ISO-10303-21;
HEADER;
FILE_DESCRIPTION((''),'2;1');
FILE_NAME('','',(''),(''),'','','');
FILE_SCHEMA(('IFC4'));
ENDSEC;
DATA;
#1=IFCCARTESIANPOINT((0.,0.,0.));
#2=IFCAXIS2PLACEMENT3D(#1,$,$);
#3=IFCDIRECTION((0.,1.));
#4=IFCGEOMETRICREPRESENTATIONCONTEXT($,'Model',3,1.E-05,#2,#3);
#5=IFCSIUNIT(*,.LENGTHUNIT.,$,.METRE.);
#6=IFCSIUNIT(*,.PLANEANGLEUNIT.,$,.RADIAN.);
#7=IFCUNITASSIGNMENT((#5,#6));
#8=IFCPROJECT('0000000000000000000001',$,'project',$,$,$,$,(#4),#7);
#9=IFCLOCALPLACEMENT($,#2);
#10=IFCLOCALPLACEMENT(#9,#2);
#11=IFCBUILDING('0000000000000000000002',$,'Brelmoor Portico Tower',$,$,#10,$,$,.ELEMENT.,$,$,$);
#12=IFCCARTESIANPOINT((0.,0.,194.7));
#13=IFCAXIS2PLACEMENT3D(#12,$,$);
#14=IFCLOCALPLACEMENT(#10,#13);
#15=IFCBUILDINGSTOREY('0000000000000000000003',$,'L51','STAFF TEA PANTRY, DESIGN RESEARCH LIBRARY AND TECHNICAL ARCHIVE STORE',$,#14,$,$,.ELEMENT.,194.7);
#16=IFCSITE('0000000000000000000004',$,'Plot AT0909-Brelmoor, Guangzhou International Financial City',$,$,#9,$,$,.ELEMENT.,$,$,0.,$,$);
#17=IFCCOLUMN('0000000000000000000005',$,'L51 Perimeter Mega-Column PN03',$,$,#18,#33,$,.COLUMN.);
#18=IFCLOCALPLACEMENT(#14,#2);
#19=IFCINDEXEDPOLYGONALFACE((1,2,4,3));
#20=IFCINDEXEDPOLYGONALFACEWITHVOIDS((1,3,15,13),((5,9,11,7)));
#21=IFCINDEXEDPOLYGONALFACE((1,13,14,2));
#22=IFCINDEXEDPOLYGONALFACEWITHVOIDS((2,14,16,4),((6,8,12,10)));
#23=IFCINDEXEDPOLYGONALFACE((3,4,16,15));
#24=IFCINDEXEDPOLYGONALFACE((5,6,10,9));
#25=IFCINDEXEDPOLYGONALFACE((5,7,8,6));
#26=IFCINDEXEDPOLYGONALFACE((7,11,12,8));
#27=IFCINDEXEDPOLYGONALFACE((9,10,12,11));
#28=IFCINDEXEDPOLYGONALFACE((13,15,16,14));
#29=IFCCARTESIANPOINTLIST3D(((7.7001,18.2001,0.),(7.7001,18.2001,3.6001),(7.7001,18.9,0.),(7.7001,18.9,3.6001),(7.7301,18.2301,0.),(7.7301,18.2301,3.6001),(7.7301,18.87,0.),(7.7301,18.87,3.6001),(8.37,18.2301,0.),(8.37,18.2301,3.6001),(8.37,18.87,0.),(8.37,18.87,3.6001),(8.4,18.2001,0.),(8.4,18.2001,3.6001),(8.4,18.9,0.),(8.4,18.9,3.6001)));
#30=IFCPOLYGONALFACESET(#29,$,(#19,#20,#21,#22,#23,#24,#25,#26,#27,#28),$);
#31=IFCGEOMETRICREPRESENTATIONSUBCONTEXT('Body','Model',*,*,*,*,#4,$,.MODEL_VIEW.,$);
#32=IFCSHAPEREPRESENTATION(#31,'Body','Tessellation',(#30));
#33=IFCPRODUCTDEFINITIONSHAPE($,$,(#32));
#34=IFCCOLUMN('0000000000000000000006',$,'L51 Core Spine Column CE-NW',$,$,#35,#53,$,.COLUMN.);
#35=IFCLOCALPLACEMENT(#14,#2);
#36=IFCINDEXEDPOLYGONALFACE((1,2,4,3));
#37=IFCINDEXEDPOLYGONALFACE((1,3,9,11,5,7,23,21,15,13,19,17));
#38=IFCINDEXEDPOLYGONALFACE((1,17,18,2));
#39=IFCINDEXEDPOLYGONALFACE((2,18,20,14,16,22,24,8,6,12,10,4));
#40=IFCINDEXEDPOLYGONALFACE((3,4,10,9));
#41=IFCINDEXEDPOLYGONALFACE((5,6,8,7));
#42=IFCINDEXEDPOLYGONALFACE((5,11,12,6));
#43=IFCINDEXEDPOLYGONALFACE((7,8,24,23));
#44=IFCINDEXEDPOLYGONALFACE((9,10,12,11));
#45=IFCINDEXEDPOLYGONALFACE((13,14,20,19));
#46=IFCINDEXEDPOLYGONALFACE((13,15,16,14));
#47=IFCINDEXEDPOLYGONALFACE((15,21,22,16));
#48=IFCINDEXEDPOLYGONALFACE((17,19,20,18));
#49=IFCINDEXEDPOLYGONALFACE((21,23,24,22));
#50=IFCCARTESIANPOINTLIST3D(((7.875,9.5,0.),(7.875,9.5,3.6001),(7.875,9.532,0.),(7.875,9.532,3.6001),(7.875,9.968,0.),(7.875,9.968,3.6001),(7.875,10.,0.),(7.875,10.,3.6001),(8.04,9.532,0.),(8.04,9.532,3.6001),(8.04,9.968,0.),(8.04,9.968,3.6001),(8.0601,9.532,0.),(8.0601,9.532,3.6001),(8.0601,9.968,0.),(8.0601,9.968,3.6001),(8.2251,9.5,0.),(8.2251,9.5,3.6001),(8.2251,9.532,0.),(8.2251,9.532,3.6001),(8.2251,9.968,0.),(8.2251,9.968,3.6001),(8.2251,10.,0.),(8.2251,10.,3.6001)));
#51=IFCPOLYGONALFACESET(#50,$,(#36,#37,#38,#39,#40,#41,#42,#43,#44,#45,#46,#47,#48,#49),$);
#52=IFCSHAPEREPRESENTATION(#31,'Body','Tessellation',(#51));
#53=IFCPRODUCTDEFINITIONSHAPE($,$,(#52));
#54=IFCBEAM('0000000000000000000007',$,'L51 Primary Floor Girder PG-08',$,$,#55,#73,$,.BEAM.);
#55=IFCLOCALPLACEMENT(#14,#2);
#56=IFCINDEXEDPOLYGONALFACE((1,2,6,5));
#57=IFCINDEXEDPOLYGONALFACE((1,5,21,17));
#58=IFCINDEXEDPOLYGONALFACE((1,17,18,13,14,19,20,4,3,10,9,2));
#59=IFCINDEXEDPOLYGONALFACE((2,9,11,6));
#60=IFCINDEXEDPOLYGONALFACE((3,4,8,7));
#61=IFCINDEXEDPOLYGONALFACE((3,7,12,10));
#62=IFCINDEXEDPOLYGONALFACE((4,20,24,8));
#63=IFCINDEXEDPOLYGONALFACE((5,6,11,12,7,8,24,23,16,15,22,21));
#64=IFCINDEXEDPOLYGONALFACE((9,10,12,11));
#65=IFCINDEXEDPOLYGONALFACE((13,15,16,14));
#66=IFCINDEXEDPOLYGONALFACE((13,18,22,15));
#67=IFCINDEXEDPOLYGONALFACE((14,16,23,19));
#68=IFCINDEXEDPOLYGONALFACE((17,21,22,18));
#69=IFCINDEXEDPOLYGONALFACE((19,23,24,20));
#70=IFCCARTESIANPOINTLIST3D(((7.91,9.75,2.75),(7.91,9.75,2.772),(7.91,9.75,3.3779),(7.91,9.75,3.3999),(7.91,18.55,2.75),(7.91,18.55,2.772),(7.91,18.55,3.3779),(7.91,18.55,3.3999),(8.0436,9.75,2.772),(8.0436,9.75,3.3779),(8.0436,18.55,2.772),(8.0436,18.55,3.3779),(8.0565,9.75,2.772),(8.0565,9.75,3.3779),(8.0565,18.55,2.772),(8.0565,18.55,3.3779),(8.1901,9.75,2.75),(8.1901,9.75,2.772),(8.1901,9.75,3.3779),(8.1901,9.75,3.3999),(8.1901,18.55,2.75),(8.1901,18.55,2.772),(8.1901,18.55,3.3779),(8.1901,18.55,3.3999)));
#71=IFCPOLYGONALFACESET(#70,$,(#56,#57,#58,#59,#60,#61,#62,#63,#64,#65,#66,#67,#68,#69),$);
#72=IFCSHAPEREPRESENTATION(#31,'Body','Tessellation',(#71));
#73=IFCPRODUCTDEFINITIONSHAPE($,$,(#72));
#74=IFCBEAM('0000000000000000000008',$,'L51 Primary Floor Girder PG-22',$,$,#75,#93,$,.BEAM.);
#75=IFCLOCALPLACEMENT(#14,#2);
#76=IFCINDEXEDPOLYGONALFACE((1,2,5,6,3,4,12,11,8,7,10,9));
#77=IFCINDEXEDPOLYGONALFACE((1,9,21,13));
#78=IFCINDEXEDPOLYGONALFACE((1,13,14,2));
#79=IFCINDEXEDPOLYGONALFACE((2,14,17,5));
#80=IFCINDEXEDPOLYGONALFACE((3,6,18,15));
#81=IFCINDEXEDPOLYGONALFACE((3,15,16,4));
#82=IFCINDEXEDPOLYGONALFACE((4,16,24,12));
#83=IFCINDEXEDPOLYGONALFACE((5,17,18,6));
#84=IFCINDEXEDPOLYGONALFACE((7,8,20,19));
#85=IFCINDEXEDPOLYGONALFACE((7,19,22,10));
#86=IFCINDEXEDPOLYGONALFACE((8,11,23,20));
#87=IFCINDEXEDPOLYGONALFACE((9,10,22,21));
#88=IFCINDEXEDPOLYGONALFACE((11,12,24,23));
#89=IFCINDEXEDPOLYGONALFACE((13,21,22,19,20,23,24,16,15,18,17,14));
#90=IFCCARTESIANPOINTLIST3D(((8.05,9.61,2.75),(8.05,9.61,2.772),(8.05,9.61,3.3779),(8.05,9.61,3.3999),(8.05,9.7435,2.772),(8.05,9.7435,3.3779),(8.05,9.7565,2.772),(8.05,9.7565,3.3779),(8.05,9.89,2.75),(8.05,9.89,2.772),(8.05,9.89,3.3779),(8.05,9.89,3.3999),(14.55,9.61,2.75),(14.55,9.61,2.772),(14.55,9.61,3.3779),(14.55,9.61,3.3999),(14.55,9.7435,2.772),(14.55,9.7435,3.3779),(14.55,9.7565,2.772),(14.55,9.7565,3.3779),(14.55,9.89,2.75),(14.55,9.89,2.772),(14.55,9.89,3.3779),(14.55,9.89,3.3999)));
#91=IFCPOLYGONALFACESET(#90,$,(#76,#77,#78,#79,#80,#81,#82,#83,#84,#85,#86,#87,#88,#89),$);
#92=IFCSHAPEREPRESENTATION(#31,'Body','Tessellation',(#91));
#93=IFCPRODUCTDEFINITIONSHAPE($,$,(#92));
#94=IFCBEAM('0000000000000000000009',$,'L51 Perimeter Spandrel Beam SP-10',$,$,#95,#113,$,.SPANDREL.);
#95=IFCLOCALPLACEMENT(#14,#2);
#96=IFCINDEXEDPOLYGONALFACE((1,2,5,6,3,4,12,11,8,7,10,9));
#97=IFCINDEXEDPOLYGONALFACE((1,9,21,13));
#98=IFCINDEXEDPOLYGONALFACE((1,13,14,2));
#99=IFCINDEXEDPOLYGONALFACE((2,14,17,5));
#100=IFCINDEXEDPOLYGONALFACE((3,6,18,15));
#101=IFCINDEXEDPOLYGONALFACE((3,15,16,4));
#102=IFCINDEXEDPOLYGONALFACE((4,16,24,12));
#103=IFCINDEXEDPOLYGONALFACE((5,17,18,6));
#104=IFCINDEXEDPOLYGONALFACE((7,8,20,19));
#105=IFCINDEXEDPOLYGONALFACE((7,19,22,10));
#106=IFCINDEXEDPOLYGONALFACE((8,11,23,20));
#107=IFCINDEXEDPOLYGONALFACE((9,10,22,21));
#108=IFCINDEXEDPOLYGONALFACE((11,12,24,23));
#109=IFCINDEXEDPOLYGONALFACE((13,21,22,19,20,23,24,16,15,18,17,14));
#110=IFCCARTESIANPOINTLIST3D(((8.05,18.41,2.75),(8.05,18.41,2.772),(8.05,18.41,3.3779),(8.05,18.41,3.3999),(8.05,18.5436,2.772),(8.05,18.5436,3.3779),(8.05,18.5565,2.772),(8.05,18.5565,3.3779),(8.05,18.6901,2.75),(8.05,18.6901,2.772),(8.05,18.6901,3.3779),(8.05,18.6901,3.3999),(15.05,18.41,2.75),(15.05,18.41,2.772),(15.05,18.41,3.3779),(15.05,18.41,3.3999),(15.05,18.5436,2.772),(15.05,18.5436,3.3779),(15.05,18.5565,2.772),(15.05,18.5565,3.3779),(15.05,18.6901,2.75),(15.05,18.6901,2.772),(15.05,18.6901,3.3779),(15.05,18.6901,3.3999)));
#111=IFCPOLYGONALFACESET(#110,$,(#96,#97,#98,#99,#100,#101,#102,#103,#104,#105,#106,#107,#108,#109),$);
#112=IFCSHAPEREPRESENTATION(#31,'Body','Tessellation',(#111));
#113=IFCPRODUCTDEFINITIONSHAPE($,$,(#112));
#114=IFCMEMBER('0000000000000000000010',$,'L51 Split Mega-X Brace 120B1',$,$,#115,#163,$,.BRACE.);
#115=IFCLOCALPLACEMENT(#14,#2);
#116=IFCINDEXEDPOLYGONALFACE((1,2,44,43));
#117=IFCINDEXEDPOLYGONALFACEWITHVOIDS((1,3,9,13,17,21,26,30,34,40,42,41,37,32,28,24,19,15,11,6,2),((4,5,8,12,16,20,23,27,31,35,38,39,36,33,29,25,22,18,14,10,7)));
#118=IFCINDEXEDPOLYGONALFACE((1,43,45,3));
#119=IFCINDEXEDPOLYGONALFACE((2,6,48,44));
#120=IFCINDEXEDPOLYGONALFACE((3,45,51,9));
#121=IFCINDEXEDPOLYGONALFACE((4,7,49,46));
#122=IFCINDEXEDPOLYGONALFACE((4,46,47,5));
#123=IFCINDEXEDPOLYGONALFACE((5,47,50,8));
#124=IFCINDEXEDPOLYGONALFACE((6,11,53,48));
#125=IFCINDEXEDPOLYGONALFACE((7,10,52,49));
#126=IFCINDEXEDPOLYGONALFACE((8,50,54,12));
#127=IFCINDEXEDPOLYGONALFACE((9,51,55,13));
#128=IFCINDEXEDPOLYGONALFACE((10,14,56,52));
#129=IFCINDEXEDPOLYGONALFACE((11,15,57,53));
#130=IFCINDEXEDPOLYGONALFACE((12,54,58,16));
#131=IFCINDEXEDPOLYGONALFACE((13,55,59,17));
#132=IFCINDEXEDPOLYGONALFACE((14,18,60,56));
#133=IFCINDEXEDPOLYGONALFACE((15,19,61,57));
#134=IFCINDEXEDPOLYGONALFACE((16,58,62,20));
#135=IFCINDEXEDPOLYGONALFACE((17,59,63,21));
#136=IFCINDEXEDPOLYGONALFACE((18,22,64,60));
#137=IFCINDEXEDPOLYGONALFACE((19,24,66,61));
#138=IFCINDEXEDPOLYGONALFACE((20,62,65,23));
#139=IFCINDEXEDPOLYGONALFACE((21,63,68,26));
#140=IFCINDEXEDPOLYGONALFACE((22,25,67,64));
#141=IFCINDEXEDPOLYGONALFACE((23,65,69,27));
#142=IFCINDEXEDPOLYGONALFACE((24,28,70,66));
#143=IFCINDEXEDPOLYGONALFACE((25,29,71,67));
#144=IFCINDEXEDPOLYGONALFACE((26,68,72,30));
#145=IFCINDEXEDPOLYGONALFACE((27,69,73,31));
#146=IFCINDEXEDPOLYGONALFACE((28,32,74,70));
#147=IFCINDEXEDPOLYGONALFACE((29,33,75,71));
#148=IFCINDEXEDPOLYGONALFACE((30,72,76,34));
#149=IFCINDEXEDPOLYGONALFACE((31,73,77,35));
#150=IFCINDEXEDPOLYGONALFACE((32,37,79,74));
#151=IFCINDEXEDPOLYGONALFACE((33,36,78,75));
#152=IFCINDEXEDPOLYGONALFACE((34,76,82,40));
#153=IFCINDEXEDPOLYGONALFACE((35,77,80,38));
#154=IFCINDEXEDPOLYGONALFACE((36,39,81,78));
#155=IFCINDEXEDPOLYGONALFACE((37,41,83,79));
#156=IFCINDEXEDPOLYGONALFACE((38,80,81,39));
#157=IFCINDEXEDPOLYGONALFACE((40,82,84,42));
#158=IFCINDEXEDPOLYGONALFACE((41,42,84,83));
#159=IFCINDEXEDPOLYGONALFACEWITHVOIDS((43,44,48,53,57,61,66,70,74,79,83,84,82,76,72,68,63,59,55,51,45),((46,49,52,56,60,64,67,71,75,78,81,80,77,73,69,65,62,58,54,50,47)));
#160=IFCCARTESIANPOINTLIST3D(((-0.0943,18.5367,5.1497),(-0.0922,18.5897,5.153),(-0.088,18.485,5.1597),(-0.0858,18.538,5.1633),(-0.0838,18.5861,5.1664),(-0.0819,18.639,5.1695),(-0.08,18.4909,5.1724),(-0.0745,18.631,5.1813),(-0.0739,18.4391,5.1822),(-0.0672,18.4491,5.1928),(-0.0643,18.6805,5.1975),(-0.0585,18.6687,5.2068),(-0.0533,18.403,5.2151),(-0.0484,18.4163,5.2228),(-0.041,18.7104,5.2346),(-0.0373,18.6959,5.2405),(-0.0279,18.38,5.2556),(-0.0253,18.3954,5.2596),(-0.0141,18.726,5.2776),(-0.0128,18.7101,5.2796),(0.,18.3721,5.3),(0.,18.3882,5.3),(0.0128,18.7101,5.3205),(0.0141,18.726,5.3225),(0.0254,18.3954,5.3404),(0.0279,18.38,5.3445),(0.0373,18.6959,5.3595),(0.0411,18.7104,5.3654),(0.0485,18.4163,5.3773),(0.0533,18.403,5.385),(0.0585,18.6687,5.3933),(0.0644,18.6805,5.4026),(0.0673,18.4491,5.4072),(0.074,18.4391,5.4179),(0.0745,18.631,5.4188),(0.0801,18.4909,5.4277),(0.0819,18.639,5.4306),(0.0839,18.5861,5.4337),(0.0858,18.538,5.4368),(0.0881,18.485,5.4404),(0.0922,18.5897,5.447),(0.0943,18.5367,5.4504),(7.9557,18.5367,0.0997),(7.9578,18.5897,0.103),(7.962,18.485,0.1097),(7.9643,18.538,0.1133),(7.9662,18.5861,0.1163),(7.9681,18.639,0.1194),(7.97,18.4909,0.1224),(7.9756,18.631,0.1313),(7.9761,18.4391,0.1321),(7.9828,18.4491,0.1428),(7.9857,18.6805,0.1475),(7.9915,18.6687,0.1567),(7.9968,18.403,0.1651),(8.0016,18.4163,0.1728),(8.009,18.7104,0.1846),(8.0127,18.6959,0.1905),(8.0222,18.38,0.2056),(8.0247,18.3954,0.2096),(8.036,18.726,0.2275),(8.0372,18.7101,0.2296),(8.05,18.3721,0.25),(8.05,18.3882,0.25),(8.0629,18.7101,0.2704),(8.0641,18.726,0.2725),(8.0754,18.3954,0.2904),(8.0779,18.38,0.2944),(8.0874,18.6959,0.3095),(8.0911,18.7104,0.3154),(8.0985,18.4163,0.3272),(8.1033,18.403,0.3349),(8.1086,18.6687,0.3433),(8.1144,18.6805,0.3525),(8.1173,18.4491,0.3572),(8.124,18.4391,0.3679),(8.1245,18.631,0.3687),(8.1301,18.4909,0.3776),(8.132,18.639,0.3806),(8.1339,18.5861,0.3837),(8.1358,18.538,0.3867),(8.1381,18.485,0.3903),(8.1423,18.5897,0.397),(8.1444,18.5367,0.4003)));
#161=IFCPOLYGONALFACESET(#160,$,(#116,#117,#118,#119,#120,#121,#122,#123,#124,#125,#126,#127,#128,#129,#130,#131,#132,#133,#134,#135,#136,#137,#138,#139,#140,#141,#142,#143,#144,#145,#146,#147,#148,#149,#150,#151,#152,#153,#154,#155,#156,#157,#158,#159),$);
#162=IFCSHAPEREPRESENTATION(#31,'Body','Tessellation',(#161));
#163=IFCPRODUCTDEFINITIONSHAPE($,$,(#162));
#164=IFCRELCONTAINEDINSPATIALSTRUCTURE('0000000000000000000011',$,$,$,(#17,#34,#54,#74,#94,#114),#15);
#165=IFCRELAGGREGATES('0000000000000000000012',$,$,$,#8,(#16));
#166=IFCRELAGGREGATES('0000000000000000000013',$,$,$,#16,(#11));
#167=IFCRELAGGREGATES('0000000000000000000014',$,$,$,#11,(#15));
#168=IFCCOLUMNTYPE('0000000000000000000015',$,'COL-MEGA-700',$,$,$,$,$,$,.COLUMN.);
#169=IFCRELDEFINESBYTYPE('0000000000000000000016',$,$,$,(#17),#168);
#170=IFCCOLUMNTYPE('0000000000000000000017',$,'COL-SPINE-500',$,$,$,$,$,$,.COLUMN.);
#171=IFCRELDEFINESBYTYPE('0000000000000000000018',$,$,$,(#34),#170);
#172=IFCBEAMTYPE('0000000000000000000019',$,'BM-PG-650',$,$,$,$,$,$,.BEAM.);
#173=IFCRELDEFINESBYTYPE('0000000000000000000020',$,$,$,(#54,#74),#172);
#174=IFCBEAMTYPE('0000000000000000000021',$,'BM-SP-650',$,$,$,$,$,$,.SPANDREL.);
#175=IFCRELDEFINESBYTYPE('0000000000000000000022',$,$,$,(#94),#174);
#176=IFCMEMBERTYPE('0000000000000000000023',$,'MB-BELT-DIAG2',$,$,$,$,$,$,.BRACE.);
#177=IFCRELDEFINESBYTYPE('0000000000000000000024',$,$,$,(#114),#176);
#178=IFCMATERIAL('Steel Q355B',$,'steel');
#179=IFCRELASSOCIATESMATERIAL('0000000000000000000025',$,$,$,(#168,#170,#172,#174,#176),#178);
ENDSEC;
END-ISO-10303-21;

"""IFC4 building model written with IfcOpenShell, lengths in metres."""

from ifc_helpers import new_model, si_unit, direction, frame, origin, origin_2d, place, context, subcontext, project, spatial, hollow_rectangle, hollow_circle, i_section, extrude, material, material_profile, profile_set, type_object, element, save


model = new_model("IFC4")

# Units and contexts
model_context = context("Model", 3, precision=1e-05, world=origin(), true_north=direction((0.0, 1.0)))
body_context = subcontext(model_context, "Body", "Model", "MODEL_VIEW")
ifc_project = project(units=[si_unit("LENGTHUNIT", "METRE"), si_unit("PLANEANGLEUNIT", "RADIAN")], contexts=[model_context])

# Site, building, storey
site_placement = place(None, origin())
site = spatial("IfcSite", under=ifc_project, at=site_placement, Name="Plot AT0909-Brelmoor, Guangzhou International Financial City", CompositionType="ELEMENT", RefElevation=0.0)
building_placement = place(site_placement, origin())
building = spatial("IfcBuilding", under=site, at=building_placement, Name="Brelmoor Portico Tower", CompositionType="ELEMENT")
storey_placement = place(building_placement, frame((0.0, 0.0, 194.7)))
storey = spatial("IfcBuildingStorey", under=building, at=storey_placement, Name="L51", Description="STAFF TEA PANTRY, DESIGN RESEARCH LIBRARY AND TECHNICAL ARCHIVE STORE", CompositionType="ELEMENT", Elevation=194.7)

# Columns
ifc_material_1 = material(Name="Steel Q355B", Category="steel")
ifc_material_profile_1 = material_profile(ifc_material_1, hollow_rectangle(XDim=0.7, YDim=0.7, WallThickness=0.03, at=origin_2d()), Name="BOX 700x700x30")
ifc_profile_set_1 = profile_set([ifc_material_profile_1], Name="Steel Q355B")
column_type_1 = type_object("IfcColumnType", Name="COL-MEGA-700", PredefinedType="COLUMN", material=ifc_profile_set_1)
column_1_placement = place(storey_placement, frame((8.05, 18.55, 0.0), z_axis=(0.0, 0.0, 1.0), x_axis=(1.0, 0.0, 0.0)))
element("IfcColumn", 1, at=column_1_placement, inside=storey, type_object=column_type_1, Name="L51 Perimeter Mega-Column PN03", PredefinedType="COLUMN", context=body_context, shape_type="SweptSolid", body=[
    extrude(hollow_rectangle(XDim=0.7, YDim=0.7, WallThickness=0.03, at=origin_2d()), origin(), (0.0, 0.0, 1.0), 3.6001),
])
ifc_material_profile_2 = material_profile(ifc_material_1, i_section(OverallWidth=0.3501, OverallDepth=0.5, WebThickness=0.02, FlangeThickness=0.032, at=origin_2d()), Name="HW 500x350x20x32")
ifc_profile_set_2 = profile_set([ifc_material_profile_2], Name="Steel Q355B")
column_type_2 = type_object("IfcColumnType", Name="COL-SPINE-500", PredefinedType="COLUMN", material=ifc_profile_set_2)
column_2_placement = place(storey_placement, frame((8.05, 9.75, 0.0), z_axis=(0.0, 0.0, 1.0), x_axis=(1.0, 0.0, 0.0)))
element("IfcColumn", 2, at=column_2_placement, inside=storey, type_object=column_type_2, Name="L51 Core Spine Column CE-NW", PredefinedType="COLUMN", context=body_context, shape_type="SweptSolid", body=[
    extrude(i_section(OverallWidth=0.3501, OverallDepth=0.5, WebThickness=0.02, FlangeThickness=0.032, at=origin_2d()), origin(), (0.0, 0.0, 1.0), 3.6001),
])

# Beams
ifc_material_profile_3 = material_profile(ifc_material_1, i_section(OverallWidth=0.28, OverallDepth=0.6499, WebThickness=0.0129, FlangeThickness=0.022, at=origin_2d()), Name="HN 650x280x13x22")
ifc_profile_set_3 = profile_set([ifc_material_profile_3], Name="Steel Q355B")
beam_type_1 = type_object("IfcBeamType", Name="BM-PG-650", PredefinedType="BEAM", material=ifc_profile_set_3)
beam_1_placement = place(storey_placement, frame((8.05, 9.75, 3.075), z_axis=(0.0, 1.0, 0.0), x_axis=(-1.0, 0.0, 0.0)))
element("IfcBeam", 3, at=beam_1_placement, inside=storey, type_object=beam_type_1, Name="L51 Primary Floor Girder PG-08", PredefinedType="BEAM", context=body_context, shape_type="SweptSolid", body=[
    extrude(i_section(OverallWidth=0.28, OverallDepth=0.6499, WebThickness=0.0129, FlangeThickness=0.022, at=origin_2d()), origin(), (0.0, 0.0, 1.0), 8.8),
])
beam_2_placement = place(storey_placement, frame((8.05, 9.75, 3.075), z_axis=(1.0, 0.0, 0.0), x_axis=(0.0, 1.0, 0.0)))
element("IfcBeam", 4, at=beam_2_placement, inside=storey, type_object=beam_type_1, Name="L51 Primary Floor Girder PG-22", PredefinedType="BEAM", context=body_context, shape_type="SweptSolid", body=[
    extrude(i_section(OverallWidth=0.28, OverallDepth=0.6499, WebThickness=0.0129, FlangeThickness=0.022, at=origin_2d()), origin(), (0.0, 0.0, 1.0), 6.5),
])
ifc_material_profile_4 = material_profile(ifc_material_1, i_section(OverallWidth=0.28, OverallDepth=0.6499, WebThickness=0.0129, FlangeThickness=0.022, at=origin_2d()), Name="HN 650x280x13x22")
ifc_profile_set_4 = profile_set([ifc_material_profile_4], Name="Steel Q355B")
beam_type_2 = type_object("IfcBeamType", Name="BM-SP-650", PredefinedType="SPANDREL", material=ifc_profile_set_4)
beam_3_placement = place(storey_placement, frame((8.05, 18.55, 3.075), z_axis=(1.0, 0.0, 0.0), x_axis=(0.0, 1.0, 0.0)))
element("IfcBeam", 5, at=beam_3_placement, inside=storey, type_object=beam_type_2, Name="L51 Perimeter Spandrel Beam SP-10", PredefinedType="SPANDREL", context=body_context, shape_type="SweptSolid", body=[
    extrude(i_section(OverallWidth=0.28, OverallDepth=0.6499, WebThickness=0.0129, FlangeThickness=0.022, at=origin_2d()), origin(), (0.0, 0.0, 1.0), 7.0),
])

# Member
ifc_material_profile_5 = material_profile(ifc_material_1, hollow_circle(Radius=0.178, WallThickness=0.0161, at=origin_2d()), Name="CHS 356x16")
ifc_profile_set_5 = profile_set([ifc_material_profile_5], Name="Steel Q355B")
member_type_1 = type_object("IfcMemberType", Name="MB-BELT-DIAG2", PredefinedType="BRACE", material=ifc_profile_set_5)
member_1_placement = place(storey_placement, frame((8.05, 18.55, 0.25), z_axis=(-0.847109, 0.0, 0.531418), x_axis=(0.0, -1.0, 0.0)))
element("IfcMember", 6, at=member_1_placement, inside=storey, type_object=member_type_1, Name="L51 Split Mega-X Brace 120B1", PredefinedType="BRACE", context=body_context, shape_type="SweptSolid", body=[
    extrude(hollow_circle(Radius=0.178, WallThickness=0.0161, at=origin_2d()), origin(), (0.0, 0.0, 1.0), 9.5029),
])

save(model, "model.ifc")
